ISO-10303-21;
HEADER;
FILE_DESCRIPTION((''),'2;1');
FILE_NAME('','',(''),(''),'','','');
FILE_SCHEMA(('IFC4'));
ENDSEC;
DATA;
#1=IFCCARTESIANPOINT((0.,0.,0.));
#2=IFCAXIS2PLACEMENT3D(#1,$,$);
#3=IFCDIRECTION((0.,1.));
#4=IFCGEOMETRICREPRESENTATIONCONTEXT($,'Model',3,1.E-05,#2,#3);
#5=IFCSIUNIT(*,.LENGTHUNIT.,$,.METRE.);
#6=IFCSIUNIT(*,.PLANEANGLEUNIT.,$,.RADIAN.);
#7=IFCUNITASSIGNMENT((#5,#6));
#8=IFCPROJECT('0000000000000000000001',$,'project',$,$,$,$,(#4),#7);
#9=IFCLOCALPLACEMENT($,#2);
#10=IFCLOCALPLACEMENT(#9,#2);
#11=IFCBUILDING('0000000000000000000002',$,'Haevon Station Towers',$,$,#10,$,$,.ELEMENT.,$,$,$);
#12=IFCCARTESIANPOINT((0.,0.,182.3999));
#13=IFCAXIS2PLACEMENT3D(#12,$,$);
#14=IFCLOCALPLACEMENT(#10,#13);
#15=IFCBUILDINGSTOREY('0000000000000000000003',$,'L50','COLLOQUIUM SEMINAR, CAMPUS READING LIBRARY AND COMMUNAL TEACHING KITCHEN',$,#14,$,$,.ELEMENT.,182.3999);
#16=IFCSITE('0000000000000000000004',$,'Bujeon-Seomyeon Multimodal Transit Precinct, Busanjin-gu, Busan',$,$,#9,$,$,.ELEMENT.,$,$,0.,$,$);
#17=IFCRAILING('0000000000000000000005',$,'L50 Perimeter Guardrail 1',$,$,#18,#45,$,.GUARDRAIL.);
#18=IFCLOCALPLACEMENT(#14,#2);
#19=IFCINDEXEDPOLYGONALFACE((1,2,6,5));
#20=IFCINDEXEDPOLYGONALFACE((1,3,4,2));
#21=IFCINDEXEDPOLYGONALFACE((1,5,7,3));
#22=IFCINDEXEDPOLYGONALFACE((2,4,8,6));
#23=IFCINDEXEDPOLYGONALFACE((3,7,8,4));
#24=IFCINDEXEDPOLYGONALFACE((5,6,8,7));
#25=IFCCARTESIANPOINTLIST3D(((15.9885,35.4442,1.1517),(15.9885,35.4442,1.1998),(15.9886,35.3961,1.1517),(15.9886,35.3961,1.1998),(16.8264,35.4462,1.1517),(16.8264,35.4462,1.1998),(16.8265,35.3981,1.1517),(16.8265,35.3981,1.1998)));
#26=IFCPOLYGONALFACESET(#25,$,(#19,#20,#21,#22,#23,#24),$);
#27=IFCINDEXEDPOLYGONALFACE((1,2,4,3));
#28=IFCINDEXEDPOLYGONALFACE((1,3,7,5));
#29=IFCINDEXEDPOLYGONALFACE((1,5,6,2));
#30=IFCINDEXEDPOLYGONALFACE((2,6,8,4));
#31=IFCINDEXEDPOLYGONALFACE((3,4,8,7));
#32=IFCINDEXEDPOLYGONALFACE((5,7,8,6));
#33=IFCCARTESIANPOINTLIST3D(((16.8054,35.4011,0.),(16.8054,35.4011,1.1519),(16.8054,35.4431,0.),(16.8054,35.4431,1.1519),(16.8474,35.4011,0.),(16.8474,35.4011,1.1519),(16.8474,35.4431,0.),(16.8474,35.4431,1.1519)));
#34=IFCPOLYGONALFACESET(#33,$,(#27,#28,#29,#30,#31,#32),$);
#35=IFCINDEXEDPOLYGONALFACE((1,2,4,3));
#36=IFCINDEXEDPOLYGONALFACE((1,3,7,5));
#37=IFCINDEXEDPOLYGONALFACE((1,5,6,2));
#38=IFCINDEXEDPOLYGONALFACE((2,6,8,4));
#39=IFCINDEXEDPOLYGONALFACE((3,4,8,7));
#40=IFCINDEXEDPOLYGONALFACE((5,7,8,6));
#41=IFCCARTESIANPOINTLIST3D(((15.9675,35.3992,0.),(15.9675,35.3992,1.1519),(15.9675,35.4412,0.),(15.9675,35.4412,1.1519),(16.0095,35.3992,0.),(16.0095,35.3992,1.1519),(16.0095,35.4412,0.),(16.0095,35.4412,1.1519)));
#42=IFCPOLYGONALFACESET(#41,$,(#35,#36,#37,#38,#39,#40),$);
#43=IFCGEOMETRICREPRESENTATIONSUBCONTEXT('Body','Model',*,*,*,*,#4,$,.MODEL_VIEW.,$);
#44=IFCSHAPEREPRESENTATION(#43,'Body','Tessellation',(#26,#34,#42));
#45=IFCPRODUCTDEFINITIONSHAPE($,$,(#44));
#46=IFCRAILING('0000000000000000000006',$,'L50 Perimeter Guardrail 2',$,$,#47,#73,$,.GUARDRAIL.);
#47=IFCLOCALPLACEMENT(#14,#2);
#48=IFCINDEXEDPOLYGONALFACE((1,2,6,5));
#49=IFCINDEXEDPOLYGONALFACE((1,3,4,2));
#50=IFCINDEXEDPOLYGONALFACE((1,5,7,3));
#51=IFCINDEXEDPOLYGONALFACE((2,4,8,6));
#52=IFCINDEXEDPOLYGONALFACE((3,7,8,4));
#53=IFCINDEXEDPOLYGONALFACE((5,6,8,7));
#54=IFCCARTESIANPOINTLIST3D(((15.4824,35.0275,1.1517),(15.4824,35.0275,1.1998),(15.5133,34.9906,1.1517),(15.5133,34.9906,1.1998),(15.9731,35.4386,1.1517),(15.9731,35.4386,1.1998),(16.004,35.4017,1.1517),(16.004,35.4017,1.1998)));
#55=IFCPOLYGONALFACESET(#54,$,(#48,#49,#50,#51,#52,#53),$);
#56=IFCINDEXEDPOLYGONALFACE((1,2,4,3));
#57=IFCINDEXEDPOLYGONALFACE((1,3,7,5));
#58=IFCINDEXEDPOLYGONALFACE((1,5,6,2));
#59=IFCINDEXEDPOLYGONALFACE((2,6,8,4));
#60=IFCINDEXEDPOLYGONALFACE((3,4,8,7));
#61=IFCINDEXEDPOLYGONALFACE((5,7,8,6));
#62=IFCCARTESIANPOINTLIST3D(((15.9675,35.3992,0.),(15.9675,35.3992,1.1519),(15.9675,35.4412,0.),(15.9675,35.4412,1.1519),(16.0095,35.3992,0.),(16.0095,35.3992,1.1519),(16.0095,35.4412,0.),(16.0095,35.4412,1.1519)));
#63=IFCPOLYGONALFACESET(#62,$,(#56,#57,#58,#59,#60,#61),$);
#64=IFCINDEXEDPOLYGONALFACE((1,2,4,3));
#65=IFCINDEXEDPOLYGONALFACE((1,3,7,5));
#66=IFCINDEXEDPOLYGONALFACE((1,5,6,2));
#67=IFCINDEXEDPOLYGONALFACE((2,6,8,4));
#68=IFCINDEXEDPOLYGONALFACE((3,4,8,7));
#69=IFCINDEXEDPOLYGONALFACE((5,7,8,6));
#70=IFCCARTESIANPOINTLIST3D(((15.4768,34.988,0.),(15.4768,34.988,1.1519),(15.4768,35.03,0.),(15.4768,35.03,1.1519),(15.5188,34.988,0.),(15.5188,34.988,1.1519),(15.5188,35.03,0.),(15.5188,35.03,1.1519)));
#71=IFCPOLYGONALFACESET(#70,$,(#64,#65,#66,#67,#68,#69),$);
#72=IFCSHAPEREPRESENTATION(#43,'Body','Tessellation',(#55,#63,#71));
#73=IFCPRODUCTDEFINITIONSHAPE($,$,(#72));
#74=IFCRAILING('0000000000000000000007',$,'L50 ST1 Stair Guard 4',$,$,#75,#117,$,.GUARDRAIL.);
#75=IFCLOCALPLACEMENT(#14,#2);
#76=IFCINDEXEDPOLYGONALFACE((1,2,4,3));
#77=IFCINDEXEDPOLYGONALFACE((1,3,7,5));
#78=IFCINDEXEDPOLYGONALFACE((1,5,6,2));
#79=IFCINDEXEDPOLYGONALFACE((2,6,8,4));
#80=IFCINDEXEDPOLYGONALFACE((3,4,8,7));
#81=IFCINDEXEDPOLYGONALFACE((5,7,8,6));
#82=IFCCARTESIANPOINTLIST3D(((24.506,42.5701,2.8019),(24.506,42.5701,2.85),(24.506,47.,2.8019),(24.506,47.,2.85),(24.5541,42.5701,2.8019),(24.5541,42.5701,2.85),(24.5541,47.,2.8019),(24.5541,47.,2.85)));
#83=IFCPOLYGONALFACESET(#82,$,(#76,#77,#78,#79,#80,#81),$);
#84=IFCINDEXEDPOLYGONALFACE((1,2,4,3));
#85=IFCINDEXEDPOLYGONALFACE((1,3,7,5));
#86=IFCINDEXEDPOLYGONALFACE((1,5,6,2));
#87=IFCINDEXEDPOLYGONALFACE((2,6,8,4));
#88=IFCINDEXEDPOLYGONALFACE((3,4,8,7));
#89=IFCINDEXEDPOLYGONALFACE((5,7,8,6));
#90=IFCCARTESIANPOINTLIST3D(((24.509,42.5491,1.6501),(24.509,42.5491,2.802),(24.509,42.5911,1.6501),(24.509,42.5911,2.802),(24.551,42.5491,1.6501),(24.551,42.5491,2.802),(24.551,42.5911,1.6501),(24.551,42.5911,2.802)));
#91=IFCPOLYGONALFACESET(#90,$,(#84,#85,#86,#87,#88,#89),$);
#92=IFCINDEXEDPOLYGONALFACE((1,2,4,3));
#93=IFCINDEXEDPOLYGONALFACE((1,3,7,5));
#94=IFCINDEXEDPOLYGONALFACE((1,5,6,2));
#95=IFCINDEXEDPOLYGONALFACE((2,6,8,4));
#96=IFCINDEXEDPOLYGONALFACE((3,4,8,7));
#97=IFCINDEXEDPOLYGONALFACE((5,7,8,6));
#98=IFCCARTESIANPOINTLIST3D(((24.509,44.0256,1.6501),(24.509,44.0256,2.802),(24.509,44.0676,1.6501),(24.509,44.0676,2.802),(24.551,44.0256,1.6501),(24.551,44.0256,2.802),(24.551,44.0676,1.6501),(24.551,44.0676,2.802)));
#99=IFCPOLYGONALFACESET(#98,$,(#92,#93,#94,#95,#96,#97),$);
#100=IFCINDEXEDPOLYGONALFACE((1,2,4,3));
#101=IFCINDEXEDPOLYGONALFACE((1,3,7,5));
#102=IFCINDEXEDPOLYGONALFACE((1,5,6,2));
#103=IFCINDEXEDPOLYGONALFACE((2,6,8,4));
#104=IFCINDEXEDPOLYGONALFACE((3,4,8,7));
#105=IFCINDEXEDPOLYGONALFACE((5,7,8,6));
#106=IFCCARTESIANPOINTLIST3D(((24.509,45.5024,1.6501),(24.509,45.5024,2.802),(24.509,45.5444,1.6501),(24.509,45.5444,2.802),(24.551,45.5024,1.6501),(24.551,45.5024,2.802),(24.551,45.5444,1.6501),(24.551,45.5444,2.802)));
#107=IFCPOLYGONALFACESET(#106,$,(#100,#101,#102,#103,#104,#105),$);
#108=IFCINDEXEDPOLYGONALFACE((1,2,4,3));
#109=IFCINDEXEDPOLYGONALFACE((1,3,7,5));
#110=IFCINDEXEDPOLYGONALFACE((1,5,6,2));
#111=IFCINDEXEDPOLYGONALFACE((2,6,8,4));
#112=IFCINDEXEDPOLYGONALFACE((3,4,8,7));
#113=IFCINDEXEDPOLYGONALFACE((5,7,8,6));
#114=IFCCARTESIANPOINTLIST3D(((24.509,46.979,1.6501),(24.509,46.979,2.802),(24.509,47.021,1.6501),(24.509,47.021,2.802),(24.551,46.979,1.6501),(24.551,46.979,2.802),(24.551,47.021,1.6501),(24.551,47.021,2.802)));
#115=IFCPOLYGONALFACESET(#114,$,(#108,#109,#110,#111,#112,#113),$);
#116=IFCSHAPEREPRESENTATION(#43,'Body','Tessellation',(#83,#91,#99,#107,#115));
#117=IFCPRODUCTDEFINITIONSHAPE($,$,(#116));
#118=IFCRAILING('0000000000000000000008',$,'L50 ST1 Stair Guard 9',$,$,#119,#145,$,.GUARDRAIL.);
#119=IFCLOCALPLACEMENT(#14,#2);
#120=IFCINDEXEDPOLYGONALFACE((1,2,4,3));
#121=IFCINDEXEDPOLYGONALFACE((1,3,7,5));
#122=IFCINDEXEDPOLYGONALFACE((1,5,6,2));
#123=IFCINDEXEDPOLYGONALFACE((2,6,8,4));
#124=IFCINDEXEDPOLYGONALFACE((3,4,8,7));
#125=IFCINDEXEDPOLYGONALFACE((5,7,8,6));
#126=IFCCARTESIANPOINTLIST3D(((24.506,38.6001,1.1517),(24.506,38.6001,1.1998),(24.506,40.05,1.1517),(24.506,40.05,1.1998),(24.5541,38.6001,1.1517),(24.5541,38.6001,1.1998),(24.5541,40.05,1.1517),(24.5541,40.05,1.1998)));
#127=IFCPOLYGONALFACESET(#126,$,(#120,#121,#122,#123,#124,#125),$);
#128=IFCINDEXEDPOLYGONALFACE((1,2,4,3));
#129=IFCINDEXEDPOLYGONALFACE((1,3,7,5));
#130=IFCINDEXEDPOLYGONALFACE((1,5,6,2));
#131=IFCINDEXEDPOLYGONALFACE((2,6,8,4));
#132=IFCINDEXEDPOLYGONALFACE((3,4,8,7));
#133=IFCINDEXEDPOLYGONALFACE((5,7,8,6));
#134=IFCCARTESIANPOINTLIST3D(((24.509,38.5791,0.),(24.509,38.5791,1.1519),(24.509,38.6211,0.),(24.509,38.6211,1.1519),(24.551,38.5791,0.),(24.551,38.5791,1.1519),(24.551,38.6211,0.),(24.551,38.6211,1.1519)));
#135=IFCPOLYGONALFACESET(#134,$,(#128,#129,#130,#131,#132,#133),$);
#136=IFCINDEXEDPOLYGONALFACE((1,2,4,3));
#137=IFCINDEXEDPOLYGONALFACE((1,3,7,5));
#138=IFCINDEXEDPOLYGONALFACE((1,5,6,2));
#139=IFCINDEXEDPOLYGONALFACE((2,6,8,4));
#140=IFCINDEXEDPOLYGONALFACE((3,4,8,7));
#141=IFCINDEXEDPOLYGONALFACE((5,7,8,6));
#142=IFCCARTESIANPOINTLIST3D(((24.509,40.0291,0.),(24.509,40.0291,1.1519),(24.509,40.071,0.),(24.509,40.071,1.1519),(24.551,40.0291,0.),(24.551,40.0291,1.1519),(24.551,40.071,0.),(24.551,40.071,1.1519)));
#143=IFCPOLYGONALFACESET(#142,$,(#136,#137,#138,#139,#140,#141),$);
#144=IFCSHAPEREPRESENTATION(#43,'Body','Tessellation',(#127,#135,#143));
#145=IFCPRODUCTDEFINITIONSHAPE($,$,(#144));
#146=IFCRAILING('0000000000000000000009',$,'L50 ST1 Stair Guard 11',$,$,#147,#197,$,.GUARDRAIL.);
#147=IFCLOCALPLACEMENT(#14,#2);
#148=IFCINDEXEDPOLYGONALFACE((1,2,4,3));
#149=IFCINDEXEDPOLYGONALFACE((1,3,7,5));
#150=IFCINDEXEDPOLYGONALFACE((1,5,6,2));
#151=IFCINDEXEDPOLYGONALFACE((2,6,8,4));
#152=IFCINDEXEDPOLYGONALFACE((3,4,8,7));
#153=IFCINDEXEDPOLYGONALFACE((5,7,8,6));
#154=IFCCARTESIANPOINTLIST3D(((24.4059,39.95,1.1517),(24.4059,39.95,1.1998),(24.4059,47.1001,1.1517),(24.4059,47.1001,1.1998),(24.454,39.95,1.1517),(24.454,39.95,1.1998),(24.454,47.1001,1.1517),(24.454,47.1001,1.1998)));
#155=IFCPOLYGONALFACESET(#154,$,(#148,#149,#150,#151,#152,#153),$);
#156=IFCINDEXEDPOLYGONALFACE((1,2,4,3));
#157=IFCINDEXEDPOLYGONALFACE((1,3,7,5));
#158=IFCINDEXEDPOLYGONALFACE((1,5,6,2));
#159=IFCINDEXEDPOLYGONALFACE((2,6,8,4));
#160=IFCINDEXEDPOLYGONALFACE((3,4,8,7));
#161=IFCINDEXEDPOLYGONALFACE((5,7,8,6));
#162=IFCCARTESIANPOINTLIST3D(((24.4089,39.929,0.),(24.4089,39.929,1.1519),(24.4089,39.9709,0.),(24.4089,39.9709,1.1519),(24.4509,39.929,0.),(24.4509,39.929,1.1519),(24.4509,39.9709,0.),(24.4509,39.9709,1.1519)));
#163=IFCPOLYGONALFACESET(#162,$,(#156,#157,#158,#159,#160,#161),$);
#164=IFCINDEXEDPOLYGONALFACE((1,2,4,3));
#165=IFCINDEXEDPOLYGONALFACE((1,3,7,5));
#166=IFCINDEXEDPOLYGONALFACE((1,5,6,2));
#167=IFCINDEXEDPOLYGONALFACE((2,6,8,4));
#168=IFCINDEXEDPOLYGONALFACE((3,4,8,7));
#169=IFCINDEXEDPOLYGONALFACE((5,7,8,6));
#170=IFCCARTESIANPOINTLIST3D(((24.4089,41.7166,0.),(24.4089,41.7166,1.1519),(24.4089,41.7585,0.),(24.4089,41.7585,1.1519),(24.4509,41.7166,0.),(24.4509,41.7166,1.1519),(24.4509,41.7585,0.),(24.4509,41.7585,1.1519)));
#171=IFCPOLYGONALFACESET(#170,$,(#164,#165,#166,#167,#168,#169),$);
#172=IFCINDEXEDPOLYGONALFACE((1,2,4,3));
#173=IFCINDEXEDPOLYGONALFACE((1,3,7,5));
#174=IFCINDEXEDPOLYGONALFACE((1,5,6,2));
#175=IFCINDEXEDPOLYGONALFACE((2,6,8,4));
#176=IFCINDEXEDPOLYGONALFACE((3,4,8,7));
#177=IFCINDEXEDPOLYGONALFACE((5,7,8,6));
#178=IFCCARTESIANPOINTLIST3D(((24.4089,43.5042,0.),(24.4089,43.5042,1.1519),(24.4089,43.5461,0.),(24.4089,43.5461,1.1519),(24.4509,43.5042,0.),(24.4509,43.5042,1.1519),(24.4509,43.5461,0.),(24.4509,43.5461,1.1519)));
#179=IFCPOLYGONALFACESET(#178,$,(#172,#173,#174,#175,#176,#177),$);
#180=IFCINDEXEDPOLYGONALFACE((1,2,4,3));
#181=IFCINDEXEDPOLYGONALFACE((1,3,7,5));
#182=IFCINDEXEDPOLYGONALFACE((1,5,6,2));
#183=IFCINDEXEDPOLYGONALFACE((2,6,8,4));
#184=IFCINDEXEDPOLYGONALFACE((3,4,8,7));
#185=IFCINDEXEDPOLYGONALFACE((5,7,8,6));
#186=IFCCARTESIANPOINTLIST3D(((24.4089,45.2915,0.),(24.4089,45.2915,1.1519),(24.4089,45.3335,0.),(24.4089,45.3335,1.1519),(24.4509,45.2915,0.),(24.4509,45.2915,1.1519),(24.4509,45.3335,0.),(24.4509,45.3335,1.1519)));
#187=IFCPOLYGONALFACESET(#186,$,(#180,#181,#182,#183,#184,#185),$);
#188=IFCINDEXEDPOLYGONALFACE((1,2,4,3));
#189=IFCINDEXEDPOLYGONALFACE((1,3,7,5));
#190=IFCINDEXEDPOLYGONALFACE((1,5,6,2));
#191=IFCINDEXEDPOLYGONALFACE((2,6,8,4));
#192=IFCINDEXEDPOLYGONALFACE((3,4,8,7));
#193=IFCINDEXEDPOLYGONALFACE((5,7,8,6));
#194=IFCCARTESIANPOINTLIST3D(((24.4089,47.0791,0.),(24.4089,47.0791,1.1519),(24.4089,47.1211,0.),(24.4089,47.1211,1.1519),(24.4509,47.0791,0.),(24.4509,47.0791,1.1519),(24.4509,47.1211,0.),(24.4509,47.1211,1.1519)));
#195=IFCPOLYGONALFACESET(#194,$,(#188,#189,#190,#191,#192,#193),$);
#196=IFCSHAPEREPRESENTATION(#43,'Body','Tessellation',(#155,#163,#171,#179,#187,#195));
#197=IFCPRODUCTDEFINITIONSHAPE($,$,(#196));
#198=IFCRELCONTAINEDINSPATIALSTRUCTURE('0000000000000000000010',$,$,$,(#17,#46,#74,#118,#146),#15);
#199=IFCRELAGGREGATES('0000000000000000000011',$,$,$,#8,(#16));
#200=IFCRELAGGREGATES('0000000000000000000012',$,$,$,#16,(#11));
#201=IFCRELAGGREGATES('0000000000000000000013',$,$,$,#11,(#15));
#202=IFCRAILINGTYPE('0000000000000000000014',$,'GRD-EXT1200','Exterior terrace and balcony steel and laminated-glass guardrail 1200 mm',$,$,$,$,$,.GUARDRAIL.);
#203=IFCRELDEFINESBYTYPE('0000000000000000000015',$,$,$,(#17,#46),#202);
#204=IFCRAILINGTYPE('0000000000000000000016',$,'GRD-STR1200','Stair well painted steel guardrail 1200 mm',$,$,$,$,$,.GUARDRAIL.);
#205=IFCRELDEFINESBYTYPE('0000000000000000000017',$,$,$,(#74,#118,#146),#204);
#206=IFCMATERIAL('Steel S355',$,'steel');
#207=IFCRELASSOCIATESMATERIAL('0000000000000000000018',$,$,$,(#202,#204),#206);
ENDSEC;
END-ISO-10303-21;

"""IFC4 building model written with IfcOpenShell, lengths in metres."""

from ifc_helpers import new_model, si_unit, direction, frame, origin, origin_2d, place, context, subcontext, project, spatial, rectangle, extrude, material, type_object, element, save


model = new_model("IFC4")

# Units and contexts
model_context = context("Model", 3, precision=1e-05, world=origin(), true_north=direction((0.0, 1.0)))
body_context = subcontext(model_context, "Body", "Model", "MODEL_VIEW")
ifc_project = project(units=[si_unit("LENGTHUNIT", "METRE"), si_unit("PLANEANGLEUNIT", "RADIAN")], contexts=[model_context])

# Site, building, storey
site_placement = place(None, origin())
site = spatial("IfcSite", under=ifc_project, at=site_placement, Name="Bujeon-Seomyeon Multimodal Transit Precinct, Busanjin-gu, Busan", CompositionType="ELEMENT", RefElevation=0.0)
building_placement = place(site_placement, origin())
building = spatial("IfcBuilding", under=site, at=building_placement, Name="Haevon Station Towers", CompositionType="ELEMENT")
storey_placement = place(building_placement, frame((0.0, 0.0, 182.3999)))
storey = spatial("IfcBuildingStorey", under=building, at=storey_placement, Name="L50", Description="COLLOQUIUM SEMINAR, CAMPUS READING LIBRARY AND COMMUNAL TEACHING KITCHEN", CompositionType="ELEMENT", Elevation=182.3999)

# Shared definitions
ifc_material_1 = material(Name="Steel S355", Category="steel")

# Railings
railing_type_1 = type_object("IfcRailingType", Name="GRD-EXT1200", Description="Exterior terrace and balcony steel and laminated-glass guardrail 1200 mm", PredefinedType="GUARDRAIL", material=ifc_material_1)
railing_1_placement = place(storey_placement, frame((16.8264, 35.4221, 0.0)))
element("IfcRailing", 1, at=railing_1_placement, inside=storey, type_object=railing_type_1, Name="L50 Perimeter Guardrail 1", PredefinedType="GUARDRAIL", context=body_context, shape_type="SweptSolid", body=[
    extrude(rectangle(XDim=0.0481, YDim=0.0481, at=origin_2d()), frame((0.0, 0.0, 1.1758), z_axis=(-0.999997, -0.002331, 0.0), x_axis=(0.002331, -0.999997, 0.0)), (0.0, 0.0, 1.0), 0.8379),
    extrude(rectangle(XDim=0.042, YDim=0.042, at=origin_2d()), origin(), (0.0, 0.0, 1.0), 1.1519),
    extrude(rectangle(XDim=0.042, YDim=0.042, at=origin_2d()), frame((-0.8379, -0.002, 0.0)), (0.0, 0.0, 1.0), 1.1519),
])
railing_2_placement = place(storey_placement, frame((15.9885, 35.4202, 0.0)))
element("IfcRailing", 2, at=railing_2_placement, inside=storey, type_object=railing_type_1, Name="L50 Perimeter Guardrail 2", PredefinedType="GUARDRAIL", context=body_context, shape_type="SweptSolid", body=[
    extrude(rectangle(XDim=0.0481, YDim=0.0481, at=origin_2d()), frame((0.0, 0.0, 1.1758), z_axis=(-0.766531, -0.642208, 0.0), x_axis=(0.642208, -0.766531, 0.0)), (0.0, 0.0, 1.0), 0.6401),
    extrude(rectangle(XDim=0.042, YDim=0.042, at=origin_2d()), origin(), (0.0, 0.0, 1.0), 1.1519),
    extrude(rectangle(XDim=0.042, YDim=0.042, at=origin_2d()), frame((-0.4907, -0.4111, 0.0)), (0.0, 0.0, 1.0), 1.1519),
])
railing_type_2 = type_object("IfcRailingType", Name="GRD-STR1200", Description="Stair well painted steel guardrail 1200 mm", PredefinedType="GUARDRAIL", material=ifc_material_1)
railing_3_placement = place(storey_placement, frame((24.53, 42.5701, 1.6501)))
element("IfcRailing", 3, at=railing_3_placement, inside=storey, type_object=railing_type_2, Name="L50 ST1 Stair Guard 4", PredefinedType="GUARDRAIL", context=body_context, shape_type="SweptSolid", body=[
    extrude(rectangle(XDim=0.0481, YDim=0.0481, at=origin_2d()), frame((0.0, 0.0, 1.1758), z_axis=(0.0, 1.0, 0.0), x_axis=(-1.0, 0.0, 0.0)), (0.0, 0.0, 1.0), 4.4299),
    extrude(rectangle(XDim=0.042, YDim=0.042, at=origin_2d()), origin(), (0.0, 0.0, 1.0), 1.1519),
    extrude(rectangle(XDim=0.042, YDim=0.042, at=origin_2d()), frame((0.0, 1.4766, 0.0)), (0.0, 0.0, 1.0), 1.1519),
    extrude(rectangle(XDim=0.042, YDim=0.042, at=origin_2d()), frame((0.0, 2.9534, 0.0)), (0.0, 0.0, 1.0), 1.1519),
    extrude(rectangle(XDim=0.042, YDim=0.042, at=origin_2d()), frame((0.0, 4.4299, 0.0)), (0.0, 0.0, 1.0), 1.1519),
])
railing_4_placement = place(storey_placement, frame((24.53, 38.6001, 0.0)))
element("IfcRailing", 4, at=railing_4_placement, inside=storey, type_object=railing_type_2, Name="L50 ST1 Stair Guard 9", PredefinedType="GUARDRAIL", context=body_context, shape_type="SweptSolid", body=[
    extrude(rectangle(XDim=0.0481, YDim=0.0481, at=origin_2d()), frame((0.0, 0.0, 1.1758), z_axis=(0.0, 1.0, 0.0), x_axis=(-1.0, 0.0, 0.0)), (0.0, 0.0, 1.0), 1.45),
    extrude(rectangle(XDim=0.042, YDim=0.042, at=origin_2d()), origin(), (0.0, 0.0, 1.0), 1.1519),
    extrude(rectangle(XDim=0.042, YDim=0.042, at=origin_2d()), frame((0.0, 1.45, 0.0)), (0.0, 0.0, 1.0), 1.1519),
])
railing_5_placement = place(storey_placement, frame((24.4299, 39.95, 0.0)))
element("IfcRailing", 5, at=railing_5_placement, inside=storey, type_object=railing_type_2, Name="L50 ST1 Stair Guard 11", PredefinedType="GUARDRAIL", context=body_context, shape_type="SweptSolid", body=[
    extrude(rectangle(XDim=0.0481, YDim=0.0481, at=origin_2d()), frame((0.0, 0.0, 1.1758), z_axis=(0.0, 1.0, 0.0), x_axis=(-1.0, 0.0, 0.0)), (0.0, 0.0, 1.0), 7.1501),
    extrude(rectangle(XDim=0.042, YDim=0.042, at=origin_2d()), origin(), (0.0, 0.0, 1.0), 1.1519),
    extrude(rectangle(XDim=0.042, YDim=0.042, at=origin_2d()), frame((0.0, 1.7876, 0.0)), (0.0, 0.0, 1.0), 1.1519),
    extrude(rectangle(XDim=0.042, YDim=0.042, at=origin_2d()), frame((0.0, 3.5752, 0.0)), (0.0, 0.0, 1.0), 1.1519),
    extrude(rectangle(XDim=0.042, YDim=0.042, at=origin_2d()), frame((0.0, 5.3625, 0.0)), (0.0, 0.0, 1.0), 1.1519),
    extrude(rectangle(XDim=0.042, YDim=0.042, at=origin_2d()), frame((0.0, 7.1501, 0.0)), (0.0, 0.0, 1.0), 1.1519),
])

save(model, "model.ifc")
